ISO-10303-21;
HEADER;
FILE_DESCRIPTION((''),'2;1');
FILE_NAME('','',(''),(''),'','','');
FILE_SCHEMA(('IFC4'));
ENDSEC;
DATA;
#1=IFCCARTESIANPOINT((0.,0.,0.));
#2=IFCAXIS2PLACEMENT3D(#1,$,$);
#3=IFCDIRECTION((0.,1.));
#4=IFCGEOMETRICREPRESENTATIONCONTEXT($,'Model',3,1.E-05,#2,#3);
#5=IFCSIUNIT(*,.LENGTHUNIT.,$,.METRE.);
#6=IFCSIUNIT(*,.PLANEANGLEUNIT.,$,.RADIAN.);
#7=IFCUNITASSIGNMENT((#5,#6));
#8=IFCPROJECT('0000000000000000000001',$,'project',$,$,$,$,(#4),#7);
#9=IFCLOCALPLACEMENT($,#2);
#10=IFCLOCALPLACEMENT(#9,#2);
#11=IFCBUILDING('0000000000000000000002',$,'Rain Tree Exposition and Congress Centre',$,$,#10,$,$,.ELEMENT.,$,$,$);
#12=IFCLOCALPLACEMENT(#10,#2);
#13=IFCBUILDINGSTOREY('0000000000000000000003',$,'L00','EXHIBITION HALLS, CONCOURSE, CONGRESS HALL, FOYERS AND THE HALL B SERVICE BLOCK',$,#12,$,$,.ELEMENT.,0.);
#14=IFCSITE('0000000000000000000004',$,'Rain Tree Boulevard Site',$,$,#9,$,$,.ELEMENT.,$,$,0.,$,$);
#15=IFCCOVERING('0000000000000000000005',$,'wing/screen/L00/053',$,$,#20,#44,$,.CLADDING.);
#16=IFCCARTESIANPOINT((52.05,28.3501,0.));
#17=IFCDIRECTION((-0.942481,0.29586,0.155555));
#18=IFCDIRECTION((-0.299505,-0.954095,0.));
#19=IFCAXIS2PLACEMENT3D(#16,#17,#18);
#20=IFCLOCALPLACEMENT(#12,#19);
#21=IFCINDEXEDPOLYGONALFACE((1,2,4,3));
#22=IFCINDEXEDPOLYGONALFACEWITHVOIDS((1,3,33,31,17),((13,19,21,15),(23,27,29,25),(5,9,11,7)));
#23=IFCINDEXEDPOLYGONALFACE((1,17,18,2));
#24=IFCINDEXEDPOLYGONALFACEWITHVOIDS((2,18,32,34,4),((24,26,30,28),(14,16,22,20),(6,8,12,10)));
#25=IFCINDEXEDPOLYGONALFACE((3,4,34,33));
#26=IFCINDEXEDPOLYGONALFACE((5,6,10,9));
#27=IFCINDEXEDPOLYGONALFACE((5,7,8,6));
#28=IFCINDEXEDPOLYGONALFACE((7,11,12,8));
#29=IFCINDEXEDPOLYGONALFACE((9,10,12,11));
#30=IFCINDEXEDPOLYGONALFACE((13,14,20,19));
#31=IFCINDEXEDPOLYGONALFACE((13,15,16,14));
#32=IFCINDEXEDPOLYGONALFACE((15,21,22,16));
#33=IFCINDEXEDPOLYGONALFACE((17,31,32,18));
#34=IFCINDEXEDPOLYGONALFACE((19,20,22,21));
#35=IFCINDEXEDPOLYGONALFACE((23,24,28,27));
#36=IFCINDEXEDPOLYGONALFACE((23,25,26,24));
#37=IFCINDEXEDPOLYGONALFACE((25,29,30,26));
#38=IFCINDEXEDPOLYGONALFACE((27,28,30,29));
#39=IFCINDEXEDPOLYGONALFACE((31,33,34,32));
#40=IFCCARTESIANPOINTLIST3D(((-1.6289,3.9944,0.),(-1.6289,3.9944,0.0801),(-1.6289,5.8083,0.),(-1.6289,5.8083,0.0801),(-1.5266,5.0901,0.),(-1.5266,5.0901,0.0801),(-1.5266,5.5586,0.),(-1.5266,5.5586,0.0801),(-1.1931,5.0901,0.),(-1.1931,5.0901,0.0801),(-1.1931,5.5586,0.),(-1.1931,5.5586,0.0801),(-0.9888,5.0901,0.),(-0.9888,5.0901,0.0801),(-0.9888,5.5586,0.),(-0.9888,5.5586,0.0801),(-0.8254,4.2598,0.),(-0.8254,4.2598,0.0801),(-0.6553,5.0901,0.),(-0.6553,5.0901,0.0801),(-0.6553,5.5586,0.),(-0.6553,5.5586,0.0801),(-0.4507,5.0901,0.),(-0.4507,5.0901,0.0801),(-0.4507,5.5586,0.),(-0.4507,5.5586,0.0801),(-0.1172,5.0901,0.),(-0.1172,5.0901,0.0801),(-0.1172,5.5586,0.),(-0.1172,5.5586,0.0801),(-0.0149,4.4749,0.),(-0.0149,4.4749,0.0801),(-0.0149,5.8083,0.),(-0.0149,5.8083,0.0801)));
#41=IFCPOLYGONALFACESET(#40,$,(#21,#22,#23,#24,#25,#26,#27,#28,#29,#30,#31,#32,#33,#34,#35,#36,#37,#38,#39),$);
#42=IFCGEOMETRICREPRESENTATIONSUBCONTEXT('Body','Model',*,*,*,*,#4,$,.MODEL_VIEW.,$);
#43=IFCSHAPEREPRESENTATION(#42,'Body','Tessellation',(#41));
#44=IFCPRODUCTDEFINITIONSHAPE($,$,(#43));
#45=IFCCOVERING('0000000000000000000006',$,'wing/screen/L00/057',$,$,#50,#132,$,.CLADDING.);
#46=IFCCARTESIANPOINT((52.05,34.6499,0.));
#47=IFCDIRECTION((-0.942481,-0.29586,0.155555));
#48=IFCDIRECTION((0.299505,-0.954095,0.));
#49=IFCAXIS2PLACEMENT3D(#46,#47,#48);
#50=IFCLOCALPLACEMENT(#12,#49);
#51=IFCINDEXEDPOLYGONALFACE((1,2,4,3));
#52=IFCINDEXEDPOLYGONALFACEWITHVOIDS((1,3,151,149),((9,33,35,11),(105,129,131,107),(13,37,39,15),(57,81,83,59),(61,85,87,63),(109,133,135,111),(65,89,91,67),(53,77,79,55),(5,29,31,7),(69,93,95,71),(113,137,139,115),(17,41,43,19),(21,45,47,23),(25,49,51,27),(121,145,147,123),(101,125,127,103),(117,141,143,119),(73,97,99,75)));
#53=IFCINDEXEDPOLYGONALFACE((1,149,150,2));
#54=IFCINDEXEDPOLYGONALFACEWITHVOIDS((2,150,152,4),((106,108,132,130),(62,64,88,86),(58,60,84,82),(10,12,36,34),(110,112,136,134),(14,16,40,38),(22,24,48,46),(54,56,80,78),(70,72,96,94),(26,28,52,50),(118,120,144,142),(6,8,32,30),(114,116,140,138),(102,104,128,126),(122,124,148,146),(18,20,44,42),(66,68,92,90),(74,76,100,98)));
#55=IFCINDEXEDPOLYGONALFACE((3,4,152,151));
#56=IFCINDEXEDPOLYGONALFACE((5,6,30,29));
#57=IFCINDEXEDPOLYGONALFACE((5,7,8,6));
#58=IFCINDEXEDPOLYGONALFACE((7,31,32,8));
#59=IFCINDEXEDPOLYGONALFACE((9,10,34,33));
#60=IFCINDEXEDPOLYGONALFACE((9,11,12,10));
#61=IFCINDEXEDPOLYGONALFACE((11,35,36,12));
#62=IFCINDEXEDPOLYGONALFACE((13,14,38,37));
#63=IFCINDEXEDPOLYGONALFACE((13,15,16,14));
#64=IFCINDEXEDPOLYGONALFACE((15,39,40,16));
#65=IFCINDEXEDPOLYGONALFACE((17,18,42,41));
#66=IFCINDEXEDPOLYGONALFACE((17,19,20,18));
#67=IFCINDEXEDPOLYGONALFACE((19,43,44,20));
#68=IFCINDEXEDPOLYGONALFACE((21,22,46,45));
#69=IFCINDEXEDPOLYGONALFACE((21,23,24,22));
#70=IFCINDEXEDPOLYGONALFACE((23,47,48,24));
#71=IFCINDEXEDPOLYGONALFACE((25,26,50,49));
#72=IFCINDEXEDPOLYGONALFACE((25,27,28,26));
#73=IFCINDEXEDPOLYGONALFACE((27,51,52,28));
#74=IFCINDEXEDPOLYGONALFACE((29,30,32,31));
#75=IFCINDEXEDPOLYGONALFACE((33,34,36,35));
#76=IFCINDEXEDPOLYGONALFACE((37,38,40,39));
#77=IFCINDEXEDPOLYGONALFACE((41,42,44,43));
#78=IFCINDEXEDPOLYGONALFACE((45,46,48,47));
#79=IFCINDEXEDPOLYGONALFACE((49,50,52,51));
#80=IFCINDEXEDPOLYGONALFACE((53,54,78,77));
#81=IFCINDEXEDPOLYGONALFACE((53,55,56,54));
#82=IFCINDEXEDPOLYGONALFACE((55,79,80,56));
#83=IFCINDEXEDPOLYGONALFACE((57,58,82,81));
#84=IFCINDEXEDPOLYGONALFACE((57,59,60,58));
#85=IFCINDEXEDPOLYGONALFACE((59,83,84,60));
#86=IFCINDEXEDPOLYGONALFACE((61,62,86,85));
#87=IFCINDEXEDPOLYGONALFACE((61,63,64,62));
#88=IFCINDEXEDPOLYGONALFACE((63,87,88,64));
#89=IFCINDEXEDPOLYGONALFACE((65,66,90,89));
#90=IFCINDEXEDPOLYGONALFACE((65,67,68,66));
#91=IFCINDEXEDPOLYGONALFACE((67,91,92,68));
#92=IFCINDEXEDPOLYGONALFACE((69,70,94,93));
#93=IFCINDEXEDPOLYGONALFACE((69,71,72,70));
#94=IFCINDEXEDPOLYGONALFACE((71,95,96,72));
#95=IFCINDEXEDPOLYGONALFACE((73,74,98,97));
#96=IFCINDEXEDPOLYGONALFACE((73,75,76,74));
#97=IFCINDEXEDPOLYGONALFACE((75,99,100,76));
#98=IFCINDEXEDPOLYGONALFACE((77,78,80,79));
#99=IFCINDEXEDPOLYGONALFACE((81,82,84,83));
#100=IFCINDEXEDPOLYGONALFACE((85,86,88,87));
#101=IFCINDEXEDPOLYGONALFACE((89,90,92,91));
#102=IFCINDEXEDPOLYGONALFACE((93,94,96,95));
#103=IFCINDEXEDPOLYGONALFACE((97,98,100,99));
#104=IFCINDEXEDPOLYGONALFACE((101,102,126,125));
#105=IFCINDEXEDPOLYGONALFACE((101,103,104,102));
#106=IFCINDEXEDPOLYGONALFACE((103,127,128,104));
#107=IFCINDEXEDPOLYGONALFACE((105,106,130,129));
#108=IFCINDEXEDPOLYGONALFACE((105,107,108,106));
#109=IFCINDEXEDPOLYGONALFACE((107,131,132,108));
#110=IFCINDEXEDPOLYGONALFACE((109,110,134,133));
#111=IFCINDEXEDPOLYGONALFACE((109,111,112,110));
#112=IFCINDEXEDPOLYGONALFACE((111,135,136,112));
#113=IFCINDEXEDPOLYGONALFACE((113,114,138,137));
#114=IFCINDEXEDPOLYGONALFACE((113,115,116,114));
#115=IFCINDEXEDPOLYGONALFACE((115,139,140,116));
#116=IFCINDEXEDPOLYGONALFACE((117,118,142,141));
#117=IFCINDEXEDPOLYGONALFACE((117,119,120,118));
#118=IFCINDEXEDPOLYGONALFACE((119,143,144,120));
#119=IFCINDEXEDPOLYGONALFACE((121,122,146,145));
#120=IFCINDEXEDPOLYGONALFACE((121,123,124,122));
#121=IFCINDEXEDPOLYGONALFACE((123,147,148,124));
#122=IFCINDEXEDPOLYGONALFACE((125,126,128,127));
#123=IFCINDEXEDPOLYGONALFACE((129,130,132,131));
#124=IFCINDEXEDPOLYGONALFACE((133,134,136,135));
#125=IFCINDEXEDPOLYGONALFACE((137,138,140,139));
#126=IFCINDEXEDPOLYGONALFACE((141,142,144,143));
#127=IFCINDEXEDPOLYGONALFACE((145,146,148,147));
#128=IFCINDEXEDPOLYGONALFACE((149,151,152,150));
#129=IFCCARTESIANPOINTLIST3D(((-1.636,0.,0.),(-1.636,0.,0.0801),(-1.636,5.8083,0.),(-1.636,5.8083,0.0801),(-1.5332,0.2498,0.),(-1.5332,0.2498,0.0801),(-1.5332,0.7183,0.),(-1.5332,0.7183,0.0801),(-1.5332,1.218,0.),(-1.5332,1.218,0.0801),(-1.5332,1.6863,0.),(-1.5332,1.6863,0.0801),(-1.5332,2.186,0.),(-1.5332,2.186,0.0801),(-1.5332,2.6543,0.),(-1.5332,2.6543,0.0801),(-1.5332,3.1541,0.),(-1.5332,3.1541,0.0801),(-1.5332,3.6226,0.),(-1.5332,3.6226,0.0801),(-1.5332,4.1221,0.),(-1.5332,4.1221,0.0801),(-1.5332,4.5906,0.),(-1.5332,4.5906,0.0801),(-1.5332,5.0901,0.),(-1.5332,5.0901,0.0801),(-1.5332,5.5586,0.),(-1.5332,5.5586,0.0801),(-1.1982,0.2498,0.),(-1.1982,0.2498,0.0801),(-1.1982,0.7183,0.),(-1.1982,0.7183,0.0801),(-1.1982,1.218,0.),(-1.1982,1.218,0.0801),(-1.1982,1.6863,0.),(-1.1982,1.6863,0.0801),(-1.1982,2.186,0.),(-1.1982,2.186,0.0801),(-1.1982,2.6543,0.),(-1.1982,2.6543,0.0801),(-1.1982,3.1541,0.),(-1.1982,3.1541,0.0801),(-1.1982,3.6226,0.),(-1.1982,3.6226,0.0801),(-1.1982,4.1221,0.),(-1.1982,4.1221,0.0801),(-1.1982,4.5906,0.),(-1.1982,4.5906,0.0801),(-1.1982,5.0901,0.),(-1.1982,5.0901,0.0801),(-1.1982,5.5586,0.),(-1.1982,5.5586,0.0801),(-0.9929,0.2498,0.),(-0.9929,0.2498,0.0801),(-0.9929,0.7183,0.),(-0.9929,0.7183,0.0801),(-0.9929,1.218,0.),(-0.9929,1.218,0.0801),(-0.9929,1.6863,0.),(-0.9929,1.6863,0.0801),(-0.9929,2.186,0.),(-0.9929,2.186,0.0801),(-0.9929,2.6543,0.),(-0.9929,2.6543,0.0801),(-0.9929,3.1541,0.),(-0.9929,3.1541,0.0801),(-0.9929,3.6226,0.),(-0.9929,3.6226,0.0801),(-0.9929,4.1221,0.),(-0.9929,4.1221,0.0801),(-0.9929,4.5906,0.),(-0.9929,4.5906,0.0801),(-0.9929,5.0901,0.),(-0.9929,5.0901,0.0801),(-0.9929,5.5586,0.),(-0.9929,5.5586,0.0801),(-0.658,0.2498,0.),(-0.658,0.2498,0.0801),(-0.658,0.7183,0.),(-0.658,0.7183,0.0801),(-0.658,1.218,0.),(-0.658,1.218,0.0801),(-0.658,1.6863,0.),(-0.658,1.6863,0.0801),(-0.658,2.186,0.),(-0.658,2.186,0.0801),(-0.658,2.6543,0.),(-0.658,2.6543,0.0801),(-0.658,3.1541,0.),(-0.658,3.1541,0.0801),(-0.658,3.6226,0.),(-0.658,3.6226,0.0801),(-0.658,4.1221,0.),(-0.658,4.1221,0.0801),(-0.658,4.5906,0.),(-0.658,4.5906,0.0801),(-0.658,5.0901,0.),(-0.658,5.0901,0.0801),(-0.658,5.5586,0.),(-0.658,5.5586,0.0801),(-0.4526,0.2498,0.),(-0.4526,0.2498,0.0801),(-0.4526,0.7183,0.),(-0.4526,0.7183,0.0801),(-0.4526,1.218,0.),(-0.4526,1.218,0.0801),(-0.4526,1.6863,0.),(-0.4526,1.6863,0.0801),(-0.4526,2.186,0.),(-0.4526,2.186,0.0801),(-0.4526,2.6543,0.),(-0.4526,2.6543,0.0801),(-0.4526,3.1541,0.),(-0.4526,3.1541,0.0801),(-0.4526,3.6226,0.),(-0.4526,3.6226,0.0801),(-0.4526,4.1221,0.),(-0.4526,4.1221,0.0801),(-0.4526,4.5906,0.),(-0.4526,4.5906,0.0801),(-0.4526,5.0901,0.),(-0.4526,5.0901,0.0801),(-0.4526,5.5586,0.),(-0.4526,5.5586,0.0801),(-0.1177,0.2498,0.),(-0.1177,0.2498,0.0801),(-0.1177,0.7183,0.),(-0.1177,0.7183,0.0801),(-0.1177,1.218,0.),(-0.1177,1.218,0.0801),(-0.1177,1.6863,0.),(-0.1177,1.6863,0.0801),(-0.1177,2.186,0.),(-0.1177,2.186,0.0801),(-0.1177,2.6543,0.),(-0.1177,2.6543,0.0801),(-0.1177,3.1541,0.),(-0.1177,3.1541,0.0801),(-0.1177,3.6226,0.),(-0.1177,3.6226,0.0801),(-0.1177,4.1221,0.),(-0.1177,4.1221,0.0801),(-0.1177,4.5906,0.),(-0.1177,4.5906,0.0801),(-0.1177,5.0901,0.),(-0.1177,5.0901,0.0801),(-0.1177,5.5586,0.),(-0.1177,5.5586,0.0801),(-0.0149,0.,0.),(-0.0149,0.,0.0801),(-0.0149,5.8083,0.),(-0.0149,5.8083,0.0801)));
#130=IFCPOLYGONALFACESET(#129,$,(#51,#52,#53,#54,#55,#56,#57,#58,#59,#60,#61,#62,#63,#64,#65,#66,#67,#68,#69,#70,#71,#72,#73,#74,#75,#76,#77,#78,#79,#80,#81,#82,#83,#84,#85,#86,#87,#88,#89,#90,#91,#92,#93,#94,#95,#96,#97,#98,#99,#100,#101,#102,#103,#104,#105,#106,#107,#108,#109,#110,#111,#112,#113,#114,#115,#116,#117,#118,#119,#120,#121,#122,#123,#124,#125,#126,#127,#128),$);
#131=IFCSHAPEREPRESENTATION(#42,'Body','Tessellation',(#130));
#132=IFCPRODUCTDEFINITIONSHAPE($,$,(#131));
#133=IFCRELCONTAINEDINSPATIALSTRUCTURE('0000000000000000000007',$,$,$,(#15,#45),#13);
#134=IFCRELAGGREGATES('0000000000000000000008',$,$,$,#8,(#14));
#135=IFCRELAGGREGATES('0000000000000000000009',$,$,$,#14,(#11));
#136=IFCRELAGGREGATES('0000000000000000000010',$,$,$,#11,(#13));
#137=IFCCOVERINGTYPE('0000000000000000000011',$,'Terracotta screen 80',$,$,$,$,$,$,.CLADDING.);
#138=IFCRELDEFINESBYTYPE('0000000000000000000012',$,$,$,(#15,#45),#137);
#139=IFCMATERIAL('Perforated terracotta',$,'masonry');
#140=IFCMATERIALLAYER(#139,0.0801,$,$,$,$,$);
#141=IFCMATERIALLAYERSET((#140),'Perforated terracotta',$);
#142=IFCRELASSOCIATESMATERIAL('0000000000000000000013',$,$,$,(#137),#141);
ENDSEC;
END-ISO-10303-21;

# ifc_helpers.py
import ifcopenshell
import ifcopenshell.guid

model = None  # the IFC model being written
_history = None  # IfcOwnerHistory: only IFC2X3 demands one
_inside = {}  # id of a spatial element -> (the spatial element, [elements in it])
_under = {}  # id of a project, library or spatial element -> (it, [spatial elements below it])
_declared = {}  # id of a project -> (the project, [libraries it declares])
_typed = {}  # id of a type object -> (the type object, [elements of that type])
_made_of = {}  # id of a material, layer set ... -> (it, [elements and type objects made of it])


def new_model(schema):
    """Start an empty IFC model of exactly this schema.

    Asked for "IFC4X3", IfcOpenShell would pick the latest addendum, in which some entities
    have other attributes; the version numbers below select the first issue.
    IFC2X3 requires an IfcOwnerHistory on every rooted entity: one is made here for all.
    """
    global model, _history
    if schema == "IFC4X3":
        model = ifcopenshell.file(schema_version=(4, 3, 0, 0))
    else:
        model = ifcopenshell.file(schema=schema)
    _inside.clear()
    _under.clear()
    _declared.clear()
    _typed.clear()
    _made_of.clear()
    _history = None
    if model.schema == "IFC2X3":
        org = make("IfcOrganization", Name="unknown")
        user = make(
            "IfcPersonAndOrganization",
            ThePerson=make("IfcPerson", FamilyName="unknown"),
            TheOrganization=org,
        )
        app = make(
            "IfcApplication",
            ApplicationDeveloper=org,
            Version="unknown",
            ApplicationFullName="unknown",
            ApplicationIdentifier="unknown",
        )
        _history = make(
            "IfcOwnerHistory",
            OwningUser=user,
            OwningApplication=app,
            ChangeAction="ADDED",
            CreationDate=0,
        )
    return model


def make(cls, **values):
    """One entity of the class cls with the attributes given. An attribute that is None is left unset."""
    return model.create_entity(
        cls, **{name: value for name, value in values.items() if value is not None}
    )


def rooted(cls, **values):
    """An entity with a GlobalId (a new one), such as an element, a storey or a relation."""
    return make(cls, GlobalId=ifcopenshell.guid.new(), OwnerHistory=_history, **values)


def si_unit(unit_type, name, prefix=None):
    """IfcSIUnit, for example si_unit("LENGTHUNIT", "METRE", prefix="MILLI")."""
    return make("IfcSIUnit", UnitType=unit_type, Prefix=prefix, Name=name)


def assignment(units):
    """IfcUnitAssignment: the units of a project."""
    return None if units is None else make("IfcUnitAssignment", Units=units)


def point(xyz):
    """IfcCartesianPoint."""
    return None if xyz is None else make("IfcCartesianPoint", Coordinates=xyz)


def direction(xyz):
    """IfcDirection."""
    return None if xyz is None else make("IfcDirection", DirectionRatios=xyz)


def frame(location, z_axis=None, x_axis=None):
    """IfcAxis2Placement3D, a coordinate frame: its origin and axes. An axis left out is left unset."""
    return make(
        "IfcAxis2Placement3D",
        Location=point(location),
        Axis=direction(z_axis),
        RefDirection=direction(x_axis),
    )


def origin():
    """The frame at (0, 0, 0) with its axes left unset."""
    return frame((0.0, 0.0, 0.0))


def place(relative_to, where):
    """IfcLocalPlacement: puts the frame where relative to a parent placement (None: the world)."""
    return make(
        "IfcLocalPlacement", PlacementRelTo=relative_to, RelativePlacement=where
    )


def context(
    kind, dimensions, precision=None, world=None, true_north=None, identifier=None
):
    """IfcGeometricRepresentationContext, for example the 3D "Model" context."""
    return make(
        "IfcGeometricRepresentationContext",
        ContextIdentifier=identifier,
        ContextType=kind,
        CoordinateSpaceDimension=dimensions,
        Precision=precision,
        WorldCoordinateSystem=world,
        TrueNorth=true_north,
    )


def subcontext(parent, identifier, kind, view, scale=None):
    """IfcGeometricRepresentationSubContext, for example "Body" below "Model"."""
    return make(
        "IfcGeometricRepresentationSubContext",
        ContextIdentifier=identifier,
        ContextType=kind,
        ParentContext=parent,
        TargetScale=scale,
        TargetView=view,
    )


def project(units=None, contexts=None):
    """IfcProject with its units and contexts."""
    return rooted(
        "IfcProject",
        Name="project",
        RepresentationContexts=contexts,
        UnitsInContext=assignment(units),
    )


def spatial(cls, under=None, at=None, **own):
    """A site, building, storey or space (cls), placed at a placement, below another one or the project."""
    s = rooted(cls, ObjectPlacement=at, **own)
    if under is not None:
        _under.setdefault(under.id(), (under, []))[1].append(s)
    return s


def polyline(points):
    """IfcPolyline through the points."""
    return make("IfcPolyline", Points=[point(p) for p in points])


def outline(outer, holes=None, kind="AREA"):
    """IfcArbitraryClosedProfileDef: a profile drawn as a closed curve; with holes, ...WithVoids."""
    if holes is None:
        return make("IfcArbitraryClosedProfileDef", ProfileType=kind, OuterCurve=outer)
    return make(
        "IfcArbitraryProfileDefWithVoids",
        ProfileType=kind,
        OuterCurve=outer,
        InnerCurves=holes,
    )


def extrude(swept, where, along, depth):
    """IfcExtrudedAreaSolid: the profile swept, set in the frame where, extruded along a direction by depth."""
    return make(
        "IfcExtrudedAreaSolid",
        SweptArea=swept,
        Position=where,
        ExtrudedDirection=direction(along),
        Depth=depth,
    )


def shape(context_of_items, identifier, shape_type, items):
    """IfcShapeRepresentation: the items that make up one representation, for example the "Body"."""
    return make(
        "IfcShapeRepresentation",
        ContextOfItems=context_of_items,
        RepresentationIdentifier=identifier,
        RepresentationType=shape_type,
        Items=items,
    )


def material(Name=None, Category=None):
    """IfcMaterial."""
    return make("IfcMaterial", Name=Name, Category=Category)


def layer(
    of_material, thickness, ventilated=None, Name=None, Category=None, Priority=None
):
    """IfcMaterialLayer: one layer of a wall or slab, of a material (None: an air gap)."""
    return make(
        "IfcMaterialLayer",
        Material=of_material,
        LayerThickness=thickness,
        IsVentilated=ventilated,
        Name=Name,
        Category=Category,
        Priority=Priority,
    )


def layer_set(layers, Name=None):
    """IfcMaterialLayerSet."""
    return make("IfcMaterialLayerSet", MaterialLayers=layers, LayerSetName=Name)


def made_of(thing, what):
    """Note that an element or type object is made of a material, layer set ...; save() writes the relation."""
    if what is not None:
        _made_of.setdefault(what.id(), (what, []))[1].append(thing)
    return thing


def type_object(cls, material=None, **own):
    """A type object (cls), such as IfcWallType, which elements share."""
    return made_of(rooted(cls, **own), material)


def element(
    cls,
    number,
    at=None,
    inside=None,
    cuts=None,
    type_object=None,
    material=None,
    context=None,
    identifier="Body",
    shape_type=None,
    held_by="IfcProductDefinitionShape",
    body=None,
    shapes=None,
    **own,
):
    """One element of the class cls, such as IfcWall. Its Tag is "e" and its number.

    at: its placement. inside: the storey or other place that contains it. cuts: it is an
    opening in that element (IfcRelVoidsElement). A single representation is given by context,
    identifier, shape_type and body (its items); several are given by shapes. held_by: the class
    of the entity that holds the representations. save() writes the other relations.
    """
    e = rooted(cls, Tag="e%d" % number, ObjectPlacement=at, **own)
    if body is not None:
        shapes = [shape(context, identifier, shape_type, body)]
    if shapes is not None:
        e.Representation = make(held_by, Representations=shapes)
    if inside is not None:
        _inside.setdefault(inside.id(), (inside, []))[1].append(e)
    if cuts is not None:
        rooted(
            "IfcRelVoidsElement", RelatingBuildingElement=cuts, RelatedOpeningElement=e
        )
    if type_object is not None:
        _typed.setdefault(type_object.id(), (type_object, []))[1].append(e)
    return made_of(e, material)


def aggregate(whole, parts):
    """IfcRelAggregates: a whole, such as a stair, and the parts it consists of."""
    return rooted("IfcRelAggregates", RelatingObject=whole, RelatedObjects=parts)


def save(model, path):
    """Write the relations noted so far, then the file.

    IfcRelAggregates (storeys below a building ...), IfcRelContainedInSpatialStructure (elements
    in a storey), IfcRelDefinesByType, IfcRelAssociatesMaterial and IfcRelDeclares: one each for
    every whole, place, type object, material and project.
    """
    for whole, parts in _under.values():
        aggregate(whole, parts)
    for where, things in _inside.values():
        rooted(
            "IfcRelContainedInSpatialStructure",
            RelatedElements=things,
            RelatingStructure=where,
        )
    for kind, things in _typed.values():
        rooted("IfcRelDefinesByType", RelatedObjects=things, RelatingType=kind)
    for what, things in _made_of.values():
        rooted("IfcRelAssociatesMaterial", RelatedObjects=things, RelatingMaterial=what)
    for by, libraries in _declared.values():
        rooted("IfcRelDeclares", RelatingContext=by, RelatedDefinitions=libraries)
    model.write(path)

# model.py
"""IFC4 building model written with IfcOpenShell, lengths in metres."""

from ifc_helpers import new_model, si_unit, direction, frame, origin, place, context, subcontext, project, spatial, polyline, outline, extrude, material, layer, layer_set, type_object, element, save


model = new_model("IFC4")

# Units and contexts
model_context = context("Model", 3, precision=1e-05, world=origin(), true_north=direction((0.0, 1.0)))
body_context = subcontext(model_context, "Body", "Model", "MODEL_VIEW")
ifc_project = project(units=[si_unit("LENGTHUNIT", "METRE"), si_unit("PLANEANGLEUNIT", "RADIAN")], contexts=[model_context])

# Site, building, storey
site_placement = place(None, origin())
site = spatial("IfcSite", under=ifc_project, at=site_placement, Name="Rain Tree Boulevard Site", CompositionType="ELEMENT", RefElevation=0.0)
building_placement = place(site_placement, origin())
building = spatial("IfcBuilding", under=site, at=building_placement, Name="Rain Tree Exposition and Congress Centre", CompositionType="ELEMENT")
storey_placement = place(building_placement, origin())
storey = spatial("IfcBuildingStorey", under=building, at=storey_placement, Name="L00", Description="EXHIBITION HALLS, CONCOURSE, CONGRESS HALL, FOYERS AND THE HALL B SERVICE BLOCK", CompositionType="ELEMENT", Elevation=0.0)

# Coverings
ifc_material_1 = material(Name="Perforated terracotta", Category="masonry")
ifc_layer_1 = layer(ifc_material_1, 0.0801)
ifc_layer_set_1 = layer_set([ifc_layer_1], Name="Perforated terracotta")
covering_type = type_object("IfcCoveringType", Name="Terracotta screen 80", PredefinedType="CLADDING", material=ifc_layer_set_1)
covering_1_placement = place(storey_placement, frame((52.05, 28.3501, 0.0), z_axis=(-0.942481, 0.29586, 0.155555), x_axis=(-0.299505, -0.954095, 0.0)))
element("IfcCovering", 1, at=covering_1_placement, inside=storey, type_object=covering_type, Name="wing/screen/L00/053", PredefinedType="CLADDING", context=body_context, shape_type="SweptSolid", body=[
    extrude(outline(polyline([(-1.6289, 5.8083), (-0.0149, 5.8083), (-0.0149, 4.4749), (-0.8254, 4.2598), (-1.6289, 3.9944), (-1.6289, 5.8083)]), holes=[polyline([(-0.1172, 5.0901), (-0.1172, 5.5586), (-0.4507, 5.5586), (-0.4507, 5.0901), (-0.1172, 5.0901)]), polyline([(-0.6553, 5.0901), (-0.6553, 5.5586), (-0.9888, 5.5586), (-0.9888, 5.0901), (-0.6553, 5.0901)]), polyline([(-1.1931, 5.0901), (-1.1931, 5.5586), (-1.5266, 5.5586), (-1.5266, 5.0901), (-1.1931, 5.0901)])]), origin(), (0.0, 0.0, 1.0), 0.0801),
])
covering_2_placement = place(storey_placement, frame((52.05, 34.6499, 0.0), z_axis=(-0.942481, -0.29586, 0.155555), x_axis=(0.299505, -0.954095, 0.0)))
element("IfcCovering", 2, at=covering_2_placement, inside=storey, type_object=covering_type, Name="wing/screen/L00/057", PredefinedType="CLADDING", context=body_context, shape_type="SweptSolid", body=[
    extrude(outline(polyline([(-0.0149, 5.8083), (-0.0149, 0.0), (-1.636, 0.0), (-1.636, 5.8083), (-0.0149, 5.8083)]), holes=[polyline([(-0.1177, 0.2498), (-0.1177, 0.7183), (-0.4526, 0.7183), (-0.4526, 0.2498), (-0.1177, 0.2498)]), polyline([(-0.1177, 1.218), (-0.1177, 1.6863), (-0.4526, 1.6863), (-0.4526, 1.218), (-0.1177, 1.218)]), polyline([(-0.1177, 2.186), (-0.1177, 2.6543), (-0.4526, 2.6543), (-0.4526, 2.186), (-0.1177, 2.186)]), polyline([(-0.1177, 3.1541), (-0.1177, 3.6226), (-0.4526, 3.6226), (-0.4526, 3.1541), (-0.1177, 3.1541)]), polyline([(-0.1177, 4.1221), (-0.1177, 4.5906), (-0.4526, 4.5906), (-0.4526, 4.1221), (-0.1177, 4.1221)]), polyline([(-0.1177, 5.0901), (-0.1177, 5.5586), (-0.4526, 5.5586), (-0.4526, 5.0901), (-0.1177, 5.0901)]), polyline([(-0.658, 0.2498), (-0.658, 0.7183), (-0.9929, 0.7183), (-0.9929, 0.2498), (-0.658, 0.2498)]), polyline([(-0.658, 1.218), (-0.658, 1.6863), (-0.9929, 1.6863), (-0.9929, 1.218), (-0.658, 1.218)]), polyline([(-0.658, 2.186), (-0.658, 2.6543), (-0.9929, 2.6543), (-0.9929, 2.186), (-0.658, 2.186)]), polyline([(-0.658, 3.1541), (-0.658, 3.6226), (-0.9929, 3.6226), (-0.9929, 3.1541), (-0.658, 3.1541)]), polyline([(-0.658, 4.1221), (-0.658, 4.5906), (-0.9929, 4.5906), (-0.9929, 4.1221), (-0.658, 4.1221)]), polyline([(-0.658, 5.0901), (-0.658, 5.5586), (-0.9929, 5.5586), (-0.9929, 5.0901), (-0.658, 5.0901)]), polyline([(-1.1982, 0.2498), (-1.1982, 0.7183), (-1.5332, 0.7183), (-1.5332, 0.2498), (-1.1982, 0.2498)]), polyline([(-1.1982, 1.218), (-1.1982, 1.6863), (-1.5332, 1.6863), (-1.5332, 1.218), (-1.1982, 1.218)]), polyline([(-1.1982, 2.186), (-1.1982, 2.6543), (-1.5332, 2.6543), (-1.5332, 2.186), (-1.1982, 2.186)]), polyline([(-1.1982, 3.1541), (-1.1982, 3.6226), (-1.5332, 3.6226), (-1.5332, 3.1541), (-1.1982, 3.1541)]), polyline([(-1.1982, 4.1221), (-1.1982, 4.5906), (-1.5332, 4.5906), (-1.5332, 4.1221), (-1.1982, 4.1221)]), polyline([(-1.1982, 5.0901), (-1.1982, 5.5586), (-1.5332, 5.5586), (-1.5332, 5.0901), (-1.1982, 5.0901)])]), origin(), (0.0, 0.0, 1.0), 0.0801),
])

save(model, "model.ifc")
